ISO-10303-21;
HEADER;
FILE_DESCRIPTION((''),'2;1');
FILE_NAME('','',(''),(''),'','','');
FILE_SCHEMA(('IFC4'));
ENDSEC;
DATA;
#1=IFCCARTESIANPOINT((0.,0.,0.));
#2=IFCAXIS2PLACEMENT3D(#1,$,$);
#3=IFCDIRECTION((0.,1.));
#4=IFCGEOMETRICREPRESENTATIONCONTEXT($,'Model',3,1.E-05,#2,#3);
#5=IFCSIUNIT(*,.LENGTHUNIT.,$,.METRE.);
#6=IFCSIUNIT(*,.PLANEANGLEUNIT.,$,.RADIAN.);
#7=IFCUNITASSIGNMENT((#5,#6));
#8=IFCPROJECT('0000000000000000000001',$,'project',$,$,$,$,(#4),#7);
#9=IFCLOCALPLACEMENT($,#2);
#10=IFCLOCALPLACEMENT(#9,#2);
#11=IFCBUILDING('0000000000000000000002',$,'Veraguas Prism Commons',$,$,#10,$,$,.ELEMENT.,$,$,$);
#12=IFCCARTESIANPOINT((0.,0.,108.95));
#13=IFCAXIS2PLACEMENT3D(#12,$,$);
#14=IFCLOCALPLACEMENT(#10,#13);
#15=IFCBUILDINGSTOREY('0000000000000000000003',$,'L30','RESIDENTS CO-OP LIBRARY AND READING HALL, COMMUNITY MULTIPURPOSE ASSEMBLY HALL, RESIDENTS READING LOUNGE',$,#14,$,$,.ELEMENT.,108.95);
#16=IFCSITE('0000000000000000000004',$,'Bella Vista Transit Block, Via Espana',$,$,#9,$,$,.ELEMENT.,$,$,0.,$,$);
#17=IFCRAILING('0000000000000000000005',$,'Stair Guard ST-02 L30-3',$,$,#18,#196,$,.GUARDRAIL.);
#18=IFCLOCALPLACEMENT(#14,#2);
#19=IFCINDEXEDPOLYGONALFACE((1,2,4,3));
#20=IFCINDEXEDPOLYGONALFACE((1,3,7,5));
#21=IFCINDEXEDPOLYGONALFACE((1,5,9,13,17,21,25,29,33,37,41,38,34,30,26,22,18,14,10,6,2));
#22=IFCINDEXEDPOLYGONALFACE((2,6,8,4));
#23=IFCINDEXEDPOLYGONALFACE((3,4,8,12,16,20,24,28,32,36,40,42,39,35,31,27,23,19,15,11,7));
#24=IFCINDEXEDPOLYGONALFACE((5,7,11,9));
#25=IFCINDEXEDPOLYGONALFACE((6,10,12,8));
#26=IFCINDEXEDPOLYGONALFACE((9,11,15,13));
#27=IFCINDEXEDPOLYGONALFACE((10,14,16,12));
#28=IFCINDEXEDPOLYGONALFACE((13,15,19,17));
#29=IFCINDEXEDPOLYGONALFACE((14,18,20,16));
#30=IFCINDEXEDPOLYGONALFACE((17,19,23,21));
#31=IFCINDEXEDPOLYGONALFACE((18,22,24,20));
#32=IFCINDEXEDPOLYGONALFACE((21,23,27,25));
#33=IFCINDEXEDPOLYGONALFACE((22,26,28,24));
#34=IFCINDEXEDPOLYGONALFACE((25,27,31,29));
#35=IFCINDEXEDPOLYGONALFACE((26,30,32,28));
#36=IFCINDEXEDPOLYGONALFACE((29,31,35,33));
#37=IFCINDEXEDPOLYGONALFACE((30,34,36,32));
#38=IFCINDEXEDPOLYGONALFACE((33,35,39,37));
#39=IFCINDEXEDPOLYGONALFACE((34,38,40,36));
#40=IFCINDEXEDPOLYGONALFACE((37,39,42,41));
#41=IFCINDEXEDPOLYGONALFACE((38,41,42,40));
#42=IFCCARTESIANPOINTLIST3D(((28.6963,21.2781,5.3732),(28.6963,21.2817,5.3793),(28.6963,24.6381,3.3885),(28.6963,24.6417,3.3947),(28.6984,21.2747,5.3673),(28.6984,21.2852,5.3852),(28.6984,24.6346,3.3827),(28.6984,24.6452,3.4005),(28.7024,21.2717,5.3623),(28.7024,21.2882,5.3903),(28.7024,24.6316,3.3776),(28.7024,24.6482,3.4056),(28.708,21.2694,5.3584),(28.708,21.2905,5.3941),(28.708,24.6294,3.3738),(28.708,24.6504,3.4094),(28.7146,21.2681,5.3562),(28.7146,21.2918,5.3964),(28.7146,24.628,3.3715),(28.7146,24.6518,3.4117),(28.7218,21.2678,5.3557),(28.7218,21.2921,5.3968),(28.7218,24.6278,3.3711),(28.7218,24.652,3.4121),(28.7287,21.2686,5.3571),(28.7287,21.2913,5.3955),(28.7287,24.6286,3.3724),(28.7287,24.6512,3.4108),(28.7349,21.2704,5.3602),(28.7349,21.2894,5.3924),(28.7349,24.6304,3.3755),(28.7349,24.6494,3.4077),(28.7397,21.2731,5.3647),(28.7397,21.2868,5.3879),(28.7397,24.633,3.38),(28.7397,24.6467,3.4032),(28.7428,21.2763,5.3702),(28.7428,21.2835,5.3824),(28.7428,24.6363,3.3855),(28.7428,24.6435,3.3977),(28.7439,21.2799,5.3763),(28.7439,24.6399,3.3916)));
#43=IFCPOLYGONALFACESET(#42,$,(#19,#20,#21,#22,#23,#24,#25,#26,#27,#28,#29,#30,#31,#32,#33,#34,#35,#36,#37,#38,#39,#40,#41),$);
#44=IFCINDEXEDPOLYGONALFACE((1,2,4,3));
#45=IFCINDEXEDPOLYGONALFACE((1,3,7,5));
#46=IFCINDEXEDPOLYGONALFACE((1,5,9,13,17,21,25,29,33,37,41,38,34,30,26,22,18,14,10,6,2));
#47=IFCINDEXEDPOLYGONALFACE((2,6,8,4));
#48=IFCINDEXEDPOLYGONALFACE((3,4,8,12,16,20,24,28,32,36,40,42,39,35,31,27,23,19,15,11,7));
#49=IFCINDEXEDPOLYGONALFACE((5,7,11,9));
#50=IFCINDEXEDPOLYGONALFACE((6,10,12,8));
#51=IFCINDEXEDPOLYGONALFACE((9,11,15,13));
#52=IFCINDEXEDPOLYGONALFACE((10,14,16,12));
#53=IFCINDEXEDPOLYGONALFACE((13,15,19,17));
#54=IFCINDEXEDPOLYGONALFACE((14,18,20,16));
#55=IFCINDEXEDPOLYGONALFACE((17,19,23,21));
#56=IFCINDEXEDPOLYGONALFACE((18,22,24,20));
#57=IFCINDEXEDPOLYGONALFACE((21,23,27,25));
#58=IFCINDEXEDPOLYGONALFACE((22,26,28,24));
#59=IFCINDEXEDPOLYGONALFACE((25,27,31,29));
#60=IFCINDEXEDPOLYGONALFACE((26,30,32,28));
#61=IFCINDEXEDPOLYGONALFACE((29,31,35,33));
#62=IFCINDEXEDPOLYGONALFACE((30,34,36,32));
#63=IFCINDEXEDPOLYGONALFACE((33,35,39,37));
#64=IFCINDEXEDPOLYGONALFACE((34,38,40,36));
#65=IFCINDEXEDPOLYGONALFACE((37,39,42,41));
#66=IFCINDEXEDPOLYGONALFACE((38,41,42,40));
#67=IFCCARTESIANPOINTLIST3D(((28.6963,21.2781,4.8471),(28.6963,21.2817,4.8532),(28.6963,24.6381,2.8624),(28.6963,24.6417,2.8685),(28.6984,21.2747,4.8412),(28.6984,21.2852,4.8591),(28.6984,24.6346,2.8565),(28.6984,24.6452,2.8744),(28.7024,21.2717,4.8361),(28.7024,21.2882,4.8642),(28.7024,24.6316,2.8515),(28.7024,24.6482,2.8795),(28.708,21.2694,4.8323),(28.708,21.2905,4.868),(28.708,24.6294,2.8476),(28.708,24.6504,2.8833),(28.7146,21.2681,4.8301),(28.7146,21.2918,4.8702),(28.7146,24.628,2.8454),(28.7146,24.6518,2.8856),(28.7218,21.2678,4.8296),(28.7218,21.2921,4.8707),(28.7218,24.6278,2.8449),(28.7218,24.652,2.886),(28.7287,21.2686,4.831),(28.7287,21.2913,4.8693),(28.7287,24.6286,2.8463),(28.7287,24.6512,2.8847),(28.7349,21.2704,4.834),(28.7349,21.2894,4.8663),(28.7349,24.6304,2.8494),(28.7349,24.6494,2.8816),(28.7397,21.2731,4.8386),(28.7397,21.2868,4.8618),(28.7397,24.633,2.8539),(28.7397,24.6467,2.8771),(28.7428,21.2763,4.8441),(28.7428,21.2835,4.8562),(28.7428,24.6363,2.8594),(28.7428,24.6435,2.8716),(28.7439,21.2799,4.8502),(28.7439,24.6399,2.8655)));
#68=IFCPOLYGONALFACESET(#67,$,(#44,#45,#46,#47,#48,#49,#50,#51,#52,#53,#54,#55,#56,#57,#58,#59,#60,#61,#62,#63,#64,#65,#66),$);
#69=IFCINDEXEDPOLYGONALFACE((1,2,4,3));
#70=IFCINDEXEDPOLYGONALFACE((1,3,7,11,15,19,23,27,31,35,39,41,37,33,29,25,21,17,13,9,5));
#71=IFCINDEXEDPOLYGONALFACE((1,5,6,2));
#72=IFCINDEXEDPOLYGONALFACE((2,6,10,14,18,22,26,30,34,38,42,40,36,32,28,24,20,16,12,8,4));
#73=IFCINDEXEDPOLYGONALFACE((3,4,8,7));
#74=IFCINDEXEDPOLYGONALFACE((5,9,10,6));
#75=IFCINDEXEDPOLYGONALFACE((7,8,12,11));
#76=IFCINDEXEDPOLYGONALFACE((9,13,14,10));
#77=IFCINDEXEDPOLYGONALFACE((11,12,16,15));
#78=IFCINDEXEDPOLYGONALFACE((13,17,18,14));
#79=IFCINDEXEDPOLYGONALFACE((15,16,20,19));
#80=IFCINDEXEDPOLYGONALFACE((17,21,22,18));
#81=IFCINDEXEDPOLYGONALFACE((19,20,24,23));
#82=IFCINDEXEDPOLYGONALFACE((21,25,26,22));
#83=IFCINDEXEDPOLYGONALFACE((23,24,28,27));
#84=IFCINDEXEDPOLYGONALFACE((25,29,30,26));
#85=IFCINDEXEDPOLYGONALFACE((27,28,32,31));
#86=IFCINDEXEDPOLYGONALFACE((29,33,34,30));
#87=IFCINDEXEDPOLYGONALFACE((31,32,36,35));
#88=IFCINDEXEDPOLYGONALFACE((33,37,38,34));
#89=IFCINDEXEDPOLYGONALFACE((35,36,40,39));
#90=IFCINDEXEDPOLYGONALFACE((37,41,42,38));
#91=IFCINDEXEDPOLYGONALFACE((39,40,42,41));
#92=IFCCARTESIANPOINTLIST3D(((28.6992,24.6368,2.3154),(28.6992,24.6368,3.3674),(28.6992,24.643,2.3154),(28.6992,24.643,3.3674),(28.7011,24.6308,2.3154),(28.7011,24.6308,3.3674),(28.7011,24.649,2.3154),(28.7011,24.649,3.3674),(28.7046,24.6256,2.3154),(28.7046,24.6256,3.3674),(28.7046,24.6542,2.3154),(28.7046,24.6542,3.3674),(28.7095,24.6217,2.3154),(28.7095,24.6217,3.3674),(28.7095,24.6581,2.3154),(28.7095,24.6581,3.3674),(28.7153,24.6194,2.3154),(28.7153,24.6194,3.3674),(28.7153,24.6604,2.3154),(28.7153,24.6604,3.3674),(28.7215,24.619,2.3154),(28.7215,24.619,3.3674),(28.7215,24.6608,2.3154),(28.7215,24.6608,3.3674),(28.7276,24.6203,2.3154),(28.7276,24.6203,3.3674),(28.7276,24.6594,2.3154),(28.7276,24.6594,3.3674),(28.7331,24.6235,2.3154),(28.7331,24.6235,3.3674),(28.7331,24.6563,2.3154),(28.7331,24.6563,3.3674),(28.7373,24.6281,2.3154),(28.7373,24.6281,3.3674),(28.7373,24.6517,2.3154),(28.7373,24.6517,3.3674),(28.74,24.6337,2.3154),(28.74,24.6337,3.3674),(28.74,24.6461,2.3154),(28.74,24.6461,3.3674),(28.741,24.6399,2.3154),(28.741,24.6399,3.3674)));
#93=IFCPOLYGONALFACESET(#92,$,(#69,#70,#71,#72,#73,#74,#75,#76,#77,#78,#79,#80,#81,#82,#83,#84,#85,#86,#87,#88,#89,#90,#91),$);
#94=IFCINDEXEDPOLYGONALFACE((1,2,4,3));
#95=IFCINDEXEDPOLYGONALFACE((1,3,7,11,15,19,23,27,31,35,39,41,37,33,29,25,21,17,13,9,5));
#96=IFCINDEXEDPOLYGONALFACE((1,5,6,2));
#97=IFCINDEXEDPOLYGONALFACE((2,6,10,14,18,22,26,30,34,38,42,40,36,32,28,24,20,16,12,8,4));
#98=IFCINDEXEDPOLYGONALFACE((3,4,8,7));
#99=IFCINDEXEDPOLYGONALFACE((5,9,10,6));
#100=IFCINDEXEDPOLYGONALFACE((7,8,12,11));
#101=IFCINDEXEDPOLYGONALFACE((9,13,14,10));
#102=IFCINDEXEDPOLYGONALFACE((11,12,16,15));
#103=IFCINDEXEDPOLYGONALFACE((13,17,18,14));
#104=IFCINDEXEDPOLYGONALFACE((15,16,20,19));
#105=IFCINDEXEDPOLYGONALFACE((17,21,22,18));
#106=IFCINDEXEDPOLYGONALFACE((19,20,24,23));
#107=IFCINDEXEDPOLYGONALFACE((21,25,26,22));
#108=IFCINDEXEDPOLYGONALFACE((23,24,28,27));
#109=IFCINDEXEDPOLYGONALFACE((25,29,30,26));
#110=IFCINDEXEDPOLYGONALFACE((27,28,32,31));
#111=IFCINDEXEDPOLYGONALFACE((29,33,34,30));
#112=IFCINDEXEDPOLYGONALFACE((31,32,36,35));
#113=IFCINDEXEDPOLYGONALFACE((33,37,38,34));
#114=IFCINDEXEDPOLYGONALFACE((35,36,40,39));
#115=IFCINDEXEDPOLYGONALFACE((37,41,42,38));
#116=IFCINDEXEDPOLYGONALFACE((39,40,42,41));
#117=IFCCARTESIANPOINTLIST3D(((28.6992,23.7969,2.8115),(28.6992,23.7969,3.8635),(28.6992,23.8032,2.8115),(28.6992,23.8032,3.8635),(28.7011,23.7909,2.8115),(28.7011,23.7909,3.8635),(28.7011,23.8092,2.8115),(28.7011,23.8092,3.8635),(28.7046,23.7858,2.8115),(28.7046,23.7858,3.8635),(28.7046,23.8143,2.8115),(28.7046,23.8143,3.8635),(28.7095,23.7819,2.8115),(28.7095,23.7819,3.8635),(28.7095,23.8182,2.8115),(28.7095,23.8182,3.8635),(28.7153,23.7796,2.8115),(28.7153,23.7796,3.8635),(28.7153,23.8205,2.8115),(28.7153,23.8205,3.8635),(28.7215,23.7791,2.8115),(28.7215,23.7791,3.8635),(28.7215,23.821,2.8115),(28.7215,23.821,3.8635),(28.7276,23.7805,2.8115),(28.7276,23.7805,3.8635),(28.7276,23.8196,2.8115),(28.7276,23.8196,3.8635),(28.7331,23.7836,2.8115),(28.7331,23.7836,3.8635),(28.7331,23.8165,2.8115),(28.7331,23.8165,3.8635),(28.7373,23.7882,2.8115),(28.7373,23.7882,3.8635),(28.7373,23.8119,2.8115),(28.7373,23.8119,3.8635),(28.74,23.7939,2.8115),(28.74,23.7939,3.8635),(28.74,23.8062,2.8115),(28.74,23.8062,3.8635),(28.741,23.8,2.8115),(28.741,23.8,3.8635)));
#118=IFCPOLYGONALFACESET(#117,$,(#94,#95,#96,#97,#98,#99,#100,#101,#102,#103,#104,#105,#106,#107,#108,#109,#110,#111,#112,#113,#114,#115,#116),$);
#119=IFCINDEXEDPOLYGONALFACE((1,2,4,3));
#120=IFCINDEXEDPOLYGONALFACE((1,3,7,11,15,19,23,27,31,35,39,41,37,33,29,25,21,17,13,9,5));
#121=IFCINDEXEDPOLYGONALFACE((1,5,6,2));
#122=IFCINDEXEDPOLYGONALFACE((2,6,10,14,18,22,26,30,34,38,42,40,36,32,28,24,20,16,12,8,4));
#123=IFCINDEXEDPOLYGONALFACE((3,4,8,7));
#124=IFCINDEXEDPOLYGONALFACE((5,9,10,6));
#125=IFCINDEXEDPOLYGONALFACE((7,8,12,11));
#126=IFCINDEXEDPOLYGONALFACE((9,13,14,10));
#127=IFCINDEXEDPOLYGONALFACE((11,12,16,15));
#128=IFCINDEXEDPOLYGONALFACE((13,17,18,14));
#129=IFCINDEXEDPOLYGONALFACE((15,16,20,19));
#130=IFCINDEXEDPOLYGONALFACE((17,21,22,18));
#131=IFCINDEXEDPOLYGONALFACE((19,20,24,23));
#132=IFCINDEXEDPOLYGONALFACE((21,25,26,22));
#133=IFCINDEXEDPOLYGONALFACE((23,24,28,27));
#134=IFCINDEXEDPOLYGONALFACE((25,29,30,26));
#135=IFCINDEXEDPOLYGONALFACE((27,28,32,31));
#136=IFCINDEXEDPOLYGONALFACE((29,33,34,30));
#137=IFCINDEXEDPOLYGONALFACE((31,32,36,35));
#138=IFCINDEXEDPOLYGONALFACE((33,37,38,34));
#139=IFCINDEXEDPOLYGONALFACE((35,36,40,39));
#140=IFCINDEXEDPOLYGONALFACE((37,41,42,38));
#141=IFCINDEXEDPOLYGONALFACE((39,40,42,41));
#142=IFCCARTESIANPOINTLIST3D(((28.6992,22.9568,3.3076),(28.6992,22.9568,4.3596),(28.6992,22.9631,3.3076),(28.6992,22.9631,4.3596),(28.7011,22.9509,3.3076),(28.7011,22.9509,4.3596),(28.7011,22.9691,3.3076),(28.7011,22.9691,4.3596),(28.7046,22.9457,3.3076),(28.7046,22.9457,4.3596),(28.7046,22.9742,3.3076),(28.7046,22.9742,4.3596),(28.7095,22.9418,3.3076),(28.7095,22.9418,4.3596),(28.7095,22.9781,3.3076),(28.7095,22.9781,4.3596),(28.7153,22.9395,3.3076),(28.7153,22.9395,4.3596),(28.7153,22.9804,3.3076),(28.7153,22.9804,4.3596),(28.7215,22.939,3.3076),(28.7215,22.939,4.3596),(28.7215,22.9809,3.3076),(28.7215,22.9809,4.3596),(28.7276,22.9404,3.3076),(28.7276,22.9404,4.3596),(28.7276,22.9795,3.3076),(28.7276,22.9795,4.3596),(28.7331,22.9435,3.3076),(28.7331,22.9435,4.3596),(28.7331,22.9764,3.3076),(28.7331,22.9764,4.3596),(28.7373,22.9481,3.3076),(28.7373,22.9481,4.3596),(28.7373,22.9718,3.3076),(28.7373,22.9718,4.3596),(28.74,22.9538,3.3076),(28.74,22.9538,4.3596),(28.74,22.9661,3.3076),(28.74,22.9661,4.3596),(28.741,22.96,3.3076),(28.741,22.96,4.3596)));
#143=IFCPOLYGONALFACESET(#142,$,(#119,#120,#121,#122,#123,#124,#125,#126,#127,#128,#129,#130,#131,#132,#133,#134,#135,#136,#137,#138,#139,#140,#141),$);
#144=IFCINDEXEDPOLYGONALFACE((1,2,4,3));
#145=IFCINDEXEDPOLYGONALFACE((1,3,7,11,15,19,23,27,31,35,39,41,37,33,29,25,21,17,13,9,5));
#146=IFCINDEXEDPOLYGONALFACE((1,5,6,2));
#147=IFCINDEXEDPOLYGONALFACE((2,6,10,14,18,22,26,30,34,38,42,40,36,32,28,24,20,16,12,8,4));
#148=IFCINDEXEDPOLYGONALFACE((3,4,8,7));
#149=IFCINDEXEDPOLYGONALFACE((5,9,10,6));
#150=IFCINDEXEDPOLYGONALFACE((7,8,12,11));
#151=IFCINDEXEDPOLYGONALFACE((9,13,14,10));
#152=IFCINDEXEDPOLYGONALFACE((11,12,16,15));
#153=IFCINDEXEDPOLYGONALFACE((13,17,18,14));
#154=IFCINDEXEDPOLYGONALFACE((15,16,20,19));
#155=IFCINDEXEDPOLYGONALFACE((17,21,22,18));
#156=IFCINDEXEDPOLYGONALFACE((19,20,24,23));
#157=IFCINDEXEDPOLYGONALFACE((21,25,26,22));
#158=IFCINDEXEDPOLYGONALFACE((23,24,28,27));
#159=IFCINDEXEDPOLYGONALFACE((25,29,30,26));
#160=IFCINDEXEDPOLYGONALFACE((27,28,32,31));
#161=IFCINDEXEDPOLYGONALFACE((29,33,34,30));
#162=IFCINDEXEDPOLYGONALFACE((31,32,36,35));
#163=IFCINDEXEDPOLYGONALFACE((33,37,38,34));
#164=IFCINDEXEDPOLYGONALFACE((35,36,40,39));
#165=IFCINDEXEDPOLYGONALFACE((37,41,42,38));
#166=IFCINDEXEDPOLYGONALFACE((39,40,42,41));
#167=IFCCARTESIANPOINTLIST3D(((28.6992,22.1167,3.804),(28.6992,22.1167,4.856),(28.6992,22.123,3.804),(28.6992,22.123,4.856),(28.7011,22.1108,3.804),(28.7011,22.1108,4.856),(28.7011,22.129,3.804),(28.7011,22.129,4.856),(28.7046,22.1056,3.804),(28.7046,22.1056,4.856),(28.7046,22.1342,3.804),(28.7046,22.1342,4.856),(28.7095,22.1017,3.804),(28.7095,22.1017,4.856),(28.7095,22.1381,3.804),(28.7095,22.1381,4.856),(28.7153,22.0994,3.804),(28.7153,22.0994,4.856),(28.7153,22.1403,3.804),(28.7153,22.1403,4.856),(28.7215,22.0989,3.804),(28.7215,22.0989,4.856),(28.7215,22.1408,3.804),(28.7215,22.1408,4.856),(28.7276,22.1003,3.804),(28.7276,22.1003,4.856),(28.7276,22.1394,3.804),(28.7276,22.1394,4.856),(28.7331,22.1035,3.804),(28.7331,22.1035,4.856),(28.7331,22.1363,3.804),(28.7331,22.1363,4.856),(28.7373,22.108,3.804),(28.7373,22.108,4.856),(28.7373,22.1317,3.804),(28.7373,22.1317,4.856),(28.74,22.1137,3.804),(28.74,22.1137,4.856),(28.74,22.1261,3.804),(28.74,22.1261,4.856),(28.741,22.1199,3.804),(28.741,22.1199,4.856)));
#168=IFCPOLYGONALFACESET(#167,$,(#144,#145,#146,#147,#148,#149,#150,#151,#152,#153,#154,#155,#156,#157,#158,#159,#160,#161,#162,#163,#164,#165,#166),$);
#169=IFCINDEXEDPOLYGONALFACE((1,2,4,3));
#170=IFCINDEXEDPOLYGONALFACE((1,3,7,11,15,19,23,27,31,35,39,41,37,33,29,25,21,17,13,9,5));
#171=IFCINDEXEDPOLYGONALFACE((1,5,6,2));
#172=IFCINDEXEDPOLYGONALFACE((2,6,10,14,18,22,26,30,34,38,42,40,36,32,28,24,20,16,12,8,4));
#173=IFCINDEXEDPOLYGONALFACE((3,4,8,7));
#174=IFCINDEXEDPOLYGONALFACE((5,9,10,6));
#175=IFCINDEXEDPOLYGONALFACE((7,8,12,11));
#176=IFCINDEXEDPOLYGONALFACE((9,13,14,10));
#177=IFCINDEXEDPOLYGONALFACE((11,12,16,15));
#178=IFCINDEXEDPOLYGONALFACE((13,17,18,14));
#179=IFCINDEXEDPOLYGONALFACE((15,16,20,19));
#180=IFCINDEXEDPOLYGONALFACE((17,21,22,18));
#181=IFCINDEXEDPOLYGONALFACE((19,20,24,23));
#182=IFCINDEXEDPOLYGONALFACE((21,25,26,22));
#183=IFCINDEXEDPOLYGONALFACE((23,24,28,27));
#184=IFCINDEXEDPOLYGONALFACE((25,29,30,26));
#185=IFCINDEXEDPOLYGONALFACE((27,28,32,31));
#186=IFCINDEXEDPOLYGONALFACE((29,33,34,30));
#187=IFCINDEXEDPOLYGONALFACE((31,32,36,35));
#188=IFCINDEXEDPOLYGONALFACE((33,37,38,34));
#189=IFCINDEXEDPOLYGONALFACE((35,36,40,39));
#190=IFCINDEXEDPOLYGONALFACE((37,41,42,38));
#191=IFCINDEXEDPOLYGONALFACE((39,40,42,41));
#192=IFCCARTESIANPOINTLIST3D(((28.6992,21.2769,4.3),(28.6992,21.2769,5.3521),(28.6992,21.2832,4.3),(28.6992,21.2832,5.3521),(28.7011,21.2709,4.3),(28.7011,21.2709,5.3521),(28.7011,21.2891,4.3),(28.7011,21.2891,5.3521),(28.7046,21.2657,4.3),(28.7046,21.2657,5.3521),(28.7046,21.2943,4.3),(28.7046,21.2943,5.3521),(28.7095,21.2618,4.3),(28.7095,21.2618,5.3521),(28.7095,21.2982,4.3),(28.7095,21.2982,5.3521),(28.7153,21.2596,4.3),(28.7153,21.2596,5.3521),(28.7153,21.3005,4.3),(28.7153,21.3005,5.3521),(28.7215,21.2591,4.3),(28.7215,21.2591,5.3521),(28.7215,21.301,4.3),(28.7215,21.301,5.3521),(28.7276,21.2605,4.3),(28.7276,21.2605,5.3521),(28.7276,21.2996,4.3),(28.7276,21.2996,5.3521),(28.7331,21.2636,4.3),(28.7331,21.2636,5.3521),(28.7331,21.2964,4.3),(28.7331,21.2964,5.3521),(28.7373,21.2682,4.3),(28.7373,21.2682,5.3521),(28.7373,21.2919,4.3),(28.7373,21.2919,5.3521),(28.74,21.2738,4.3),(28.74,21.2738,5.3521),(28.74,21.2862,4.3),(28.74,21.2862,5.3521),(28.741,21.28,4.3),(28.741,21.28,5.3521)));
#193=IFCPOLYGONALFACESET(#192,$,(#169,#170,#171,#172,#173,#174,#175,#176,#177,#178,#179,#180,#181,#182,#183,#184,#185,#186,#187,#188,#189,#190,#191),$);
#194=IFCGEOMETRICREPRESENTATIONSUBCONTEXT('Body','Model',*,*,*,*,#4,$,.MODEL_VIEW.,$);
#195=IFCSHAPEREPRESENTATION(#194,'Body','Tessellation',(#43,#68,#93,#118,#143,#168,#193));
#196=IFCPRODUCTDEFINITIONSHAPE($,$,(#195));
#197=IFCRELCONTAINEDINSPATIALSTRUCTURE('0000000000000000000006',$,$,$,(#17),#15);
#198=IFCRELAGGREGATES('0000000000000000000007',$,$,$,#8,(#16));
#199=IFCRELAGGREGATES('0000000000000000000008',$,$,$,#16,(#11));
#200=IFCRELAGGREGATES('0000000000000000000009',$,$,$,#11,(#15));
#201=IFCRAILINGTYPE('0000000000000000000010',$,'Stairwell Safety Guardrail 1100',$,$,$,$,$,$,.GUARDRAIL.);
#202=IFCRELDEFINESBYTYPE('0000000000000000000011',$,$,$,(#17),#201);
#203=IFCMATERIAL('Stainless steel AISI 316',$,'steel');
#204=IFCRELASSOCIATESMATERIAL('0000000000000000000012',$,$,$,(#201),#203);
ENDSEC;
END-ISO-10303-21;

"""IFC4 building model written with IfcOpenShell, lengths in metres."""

from ifc_helpers import new_model, si_unit, direction, frame, origin, origin_2d, place, context, subcontext, project, spatial, circle, extrude, material, type_object, element, save


model = new_model("IFC4")

# Units and contexts
model_context = context("Model", 3, precision=1e-05, world=origin(), true_north=direction((0.0, 1.0)))
body_context = subcontext(model_context, "Body", "Model", "MODEL_VIEW")
ifc_project = project(units=[si_unit("LENGTHUNIT", "METRE"), si_unit("PLANEANGLEUNIT", "RADIAN")], contexts=[model_context])

# Site, building, storey
site_placement = place(None, origin())
site = spatial("IfcSite", under=ifc_project, at=site_placement, Name="Bella Vista Transit Block, Via Espana", CompositionType="ELEMENT", RefElevation=0.0)
building_placement = place(site_placement, origin())
building = spatial("IfcBuilding", under=site, at=building_placement, Name="Veraguas Prism Commons", CompositionType="ELEMENT")
storey_placement = place(building_placement, frame((0.0, 0.0, 108.95)))
storey = spatial("IfcBuildingStorey", under=building, at=storey_placement, Name="L30", Description="RESIDENTS CO-OP LIBRARY AND READING HALL, COMMUNITY MULTIPURPOSE ASSEMBLY HALL, RESIDENTS READING LOUNGE", CompositionType="ELEMENT", Elevation=108.95)

# Shared definitions
ifc_material_1 = material(Name="Stainless steel AISI 316", Category="steel")

# Railing
railing_type_1 = type_object("IfcRailingType", Name="Stairwell Safety Guardrail 1100", PredefinedType="GUARDRAIL", material=ifc_material_1)
railing_1_placement = place(storey_placement, frame((28.72, 24.6399, 2.3154)))
element("IfcRailing", 1, at=railing_1_placement, inside=storey, type_object=railing_type_1, Name="Stair Guard ST-02 L30-3", PredefinedType="GUARDRAIL", context=body_context, shape_type="SweptSolid", body=[
    extrude(circle(Radius=0.0239, at=origin_2d()), frame((0.0, 0.0, 1.0762), z_axis=(0.0, -0.861011, 0.508586), x_axis=(1.0, 0.0, 0.0)), (0.0, 0.0, 1.0), 3.9023),
    extrude(circle(Radius=0.0239, at=origin_2d()), frame((0.0, 0.0, 0.55), z_axis=(0.0, -0.861011, 0.508586), x_axis=(1.0, 0.0, 0.0)), (0.0, 0.0, 1.0), 3.9023),
    extrude(circle(Radius=0.021, at=origin_2d()), origin(), (0.0, 0.0, 1.0), 1.052),
    extrude(circle(Radius=0.021, at=origin_2d()), frame((0.0, -0.8398, 0.4961)), (0.0, 0.0, 1.0), 1.052),
    extrude(circle(Radius=0.021, at=origin_2d()), frame((0.0, -1.6799, 0.9922)), (0.0, 0.0, 1.0), 1.052),
    extrude(circle(Radius=0.021, at=origin_2d()), frame((0.0, -2.52, 1.4885)), (0.0, 0.0, 1.0), 1.052),
    extrude(circle(Radius=0.021, at=origin_2d()), frame((0.0, -3.3599, 1.9846)), (0.0, 0.0, 1.0), 1.052),
])

save(model, "model.ifc")
